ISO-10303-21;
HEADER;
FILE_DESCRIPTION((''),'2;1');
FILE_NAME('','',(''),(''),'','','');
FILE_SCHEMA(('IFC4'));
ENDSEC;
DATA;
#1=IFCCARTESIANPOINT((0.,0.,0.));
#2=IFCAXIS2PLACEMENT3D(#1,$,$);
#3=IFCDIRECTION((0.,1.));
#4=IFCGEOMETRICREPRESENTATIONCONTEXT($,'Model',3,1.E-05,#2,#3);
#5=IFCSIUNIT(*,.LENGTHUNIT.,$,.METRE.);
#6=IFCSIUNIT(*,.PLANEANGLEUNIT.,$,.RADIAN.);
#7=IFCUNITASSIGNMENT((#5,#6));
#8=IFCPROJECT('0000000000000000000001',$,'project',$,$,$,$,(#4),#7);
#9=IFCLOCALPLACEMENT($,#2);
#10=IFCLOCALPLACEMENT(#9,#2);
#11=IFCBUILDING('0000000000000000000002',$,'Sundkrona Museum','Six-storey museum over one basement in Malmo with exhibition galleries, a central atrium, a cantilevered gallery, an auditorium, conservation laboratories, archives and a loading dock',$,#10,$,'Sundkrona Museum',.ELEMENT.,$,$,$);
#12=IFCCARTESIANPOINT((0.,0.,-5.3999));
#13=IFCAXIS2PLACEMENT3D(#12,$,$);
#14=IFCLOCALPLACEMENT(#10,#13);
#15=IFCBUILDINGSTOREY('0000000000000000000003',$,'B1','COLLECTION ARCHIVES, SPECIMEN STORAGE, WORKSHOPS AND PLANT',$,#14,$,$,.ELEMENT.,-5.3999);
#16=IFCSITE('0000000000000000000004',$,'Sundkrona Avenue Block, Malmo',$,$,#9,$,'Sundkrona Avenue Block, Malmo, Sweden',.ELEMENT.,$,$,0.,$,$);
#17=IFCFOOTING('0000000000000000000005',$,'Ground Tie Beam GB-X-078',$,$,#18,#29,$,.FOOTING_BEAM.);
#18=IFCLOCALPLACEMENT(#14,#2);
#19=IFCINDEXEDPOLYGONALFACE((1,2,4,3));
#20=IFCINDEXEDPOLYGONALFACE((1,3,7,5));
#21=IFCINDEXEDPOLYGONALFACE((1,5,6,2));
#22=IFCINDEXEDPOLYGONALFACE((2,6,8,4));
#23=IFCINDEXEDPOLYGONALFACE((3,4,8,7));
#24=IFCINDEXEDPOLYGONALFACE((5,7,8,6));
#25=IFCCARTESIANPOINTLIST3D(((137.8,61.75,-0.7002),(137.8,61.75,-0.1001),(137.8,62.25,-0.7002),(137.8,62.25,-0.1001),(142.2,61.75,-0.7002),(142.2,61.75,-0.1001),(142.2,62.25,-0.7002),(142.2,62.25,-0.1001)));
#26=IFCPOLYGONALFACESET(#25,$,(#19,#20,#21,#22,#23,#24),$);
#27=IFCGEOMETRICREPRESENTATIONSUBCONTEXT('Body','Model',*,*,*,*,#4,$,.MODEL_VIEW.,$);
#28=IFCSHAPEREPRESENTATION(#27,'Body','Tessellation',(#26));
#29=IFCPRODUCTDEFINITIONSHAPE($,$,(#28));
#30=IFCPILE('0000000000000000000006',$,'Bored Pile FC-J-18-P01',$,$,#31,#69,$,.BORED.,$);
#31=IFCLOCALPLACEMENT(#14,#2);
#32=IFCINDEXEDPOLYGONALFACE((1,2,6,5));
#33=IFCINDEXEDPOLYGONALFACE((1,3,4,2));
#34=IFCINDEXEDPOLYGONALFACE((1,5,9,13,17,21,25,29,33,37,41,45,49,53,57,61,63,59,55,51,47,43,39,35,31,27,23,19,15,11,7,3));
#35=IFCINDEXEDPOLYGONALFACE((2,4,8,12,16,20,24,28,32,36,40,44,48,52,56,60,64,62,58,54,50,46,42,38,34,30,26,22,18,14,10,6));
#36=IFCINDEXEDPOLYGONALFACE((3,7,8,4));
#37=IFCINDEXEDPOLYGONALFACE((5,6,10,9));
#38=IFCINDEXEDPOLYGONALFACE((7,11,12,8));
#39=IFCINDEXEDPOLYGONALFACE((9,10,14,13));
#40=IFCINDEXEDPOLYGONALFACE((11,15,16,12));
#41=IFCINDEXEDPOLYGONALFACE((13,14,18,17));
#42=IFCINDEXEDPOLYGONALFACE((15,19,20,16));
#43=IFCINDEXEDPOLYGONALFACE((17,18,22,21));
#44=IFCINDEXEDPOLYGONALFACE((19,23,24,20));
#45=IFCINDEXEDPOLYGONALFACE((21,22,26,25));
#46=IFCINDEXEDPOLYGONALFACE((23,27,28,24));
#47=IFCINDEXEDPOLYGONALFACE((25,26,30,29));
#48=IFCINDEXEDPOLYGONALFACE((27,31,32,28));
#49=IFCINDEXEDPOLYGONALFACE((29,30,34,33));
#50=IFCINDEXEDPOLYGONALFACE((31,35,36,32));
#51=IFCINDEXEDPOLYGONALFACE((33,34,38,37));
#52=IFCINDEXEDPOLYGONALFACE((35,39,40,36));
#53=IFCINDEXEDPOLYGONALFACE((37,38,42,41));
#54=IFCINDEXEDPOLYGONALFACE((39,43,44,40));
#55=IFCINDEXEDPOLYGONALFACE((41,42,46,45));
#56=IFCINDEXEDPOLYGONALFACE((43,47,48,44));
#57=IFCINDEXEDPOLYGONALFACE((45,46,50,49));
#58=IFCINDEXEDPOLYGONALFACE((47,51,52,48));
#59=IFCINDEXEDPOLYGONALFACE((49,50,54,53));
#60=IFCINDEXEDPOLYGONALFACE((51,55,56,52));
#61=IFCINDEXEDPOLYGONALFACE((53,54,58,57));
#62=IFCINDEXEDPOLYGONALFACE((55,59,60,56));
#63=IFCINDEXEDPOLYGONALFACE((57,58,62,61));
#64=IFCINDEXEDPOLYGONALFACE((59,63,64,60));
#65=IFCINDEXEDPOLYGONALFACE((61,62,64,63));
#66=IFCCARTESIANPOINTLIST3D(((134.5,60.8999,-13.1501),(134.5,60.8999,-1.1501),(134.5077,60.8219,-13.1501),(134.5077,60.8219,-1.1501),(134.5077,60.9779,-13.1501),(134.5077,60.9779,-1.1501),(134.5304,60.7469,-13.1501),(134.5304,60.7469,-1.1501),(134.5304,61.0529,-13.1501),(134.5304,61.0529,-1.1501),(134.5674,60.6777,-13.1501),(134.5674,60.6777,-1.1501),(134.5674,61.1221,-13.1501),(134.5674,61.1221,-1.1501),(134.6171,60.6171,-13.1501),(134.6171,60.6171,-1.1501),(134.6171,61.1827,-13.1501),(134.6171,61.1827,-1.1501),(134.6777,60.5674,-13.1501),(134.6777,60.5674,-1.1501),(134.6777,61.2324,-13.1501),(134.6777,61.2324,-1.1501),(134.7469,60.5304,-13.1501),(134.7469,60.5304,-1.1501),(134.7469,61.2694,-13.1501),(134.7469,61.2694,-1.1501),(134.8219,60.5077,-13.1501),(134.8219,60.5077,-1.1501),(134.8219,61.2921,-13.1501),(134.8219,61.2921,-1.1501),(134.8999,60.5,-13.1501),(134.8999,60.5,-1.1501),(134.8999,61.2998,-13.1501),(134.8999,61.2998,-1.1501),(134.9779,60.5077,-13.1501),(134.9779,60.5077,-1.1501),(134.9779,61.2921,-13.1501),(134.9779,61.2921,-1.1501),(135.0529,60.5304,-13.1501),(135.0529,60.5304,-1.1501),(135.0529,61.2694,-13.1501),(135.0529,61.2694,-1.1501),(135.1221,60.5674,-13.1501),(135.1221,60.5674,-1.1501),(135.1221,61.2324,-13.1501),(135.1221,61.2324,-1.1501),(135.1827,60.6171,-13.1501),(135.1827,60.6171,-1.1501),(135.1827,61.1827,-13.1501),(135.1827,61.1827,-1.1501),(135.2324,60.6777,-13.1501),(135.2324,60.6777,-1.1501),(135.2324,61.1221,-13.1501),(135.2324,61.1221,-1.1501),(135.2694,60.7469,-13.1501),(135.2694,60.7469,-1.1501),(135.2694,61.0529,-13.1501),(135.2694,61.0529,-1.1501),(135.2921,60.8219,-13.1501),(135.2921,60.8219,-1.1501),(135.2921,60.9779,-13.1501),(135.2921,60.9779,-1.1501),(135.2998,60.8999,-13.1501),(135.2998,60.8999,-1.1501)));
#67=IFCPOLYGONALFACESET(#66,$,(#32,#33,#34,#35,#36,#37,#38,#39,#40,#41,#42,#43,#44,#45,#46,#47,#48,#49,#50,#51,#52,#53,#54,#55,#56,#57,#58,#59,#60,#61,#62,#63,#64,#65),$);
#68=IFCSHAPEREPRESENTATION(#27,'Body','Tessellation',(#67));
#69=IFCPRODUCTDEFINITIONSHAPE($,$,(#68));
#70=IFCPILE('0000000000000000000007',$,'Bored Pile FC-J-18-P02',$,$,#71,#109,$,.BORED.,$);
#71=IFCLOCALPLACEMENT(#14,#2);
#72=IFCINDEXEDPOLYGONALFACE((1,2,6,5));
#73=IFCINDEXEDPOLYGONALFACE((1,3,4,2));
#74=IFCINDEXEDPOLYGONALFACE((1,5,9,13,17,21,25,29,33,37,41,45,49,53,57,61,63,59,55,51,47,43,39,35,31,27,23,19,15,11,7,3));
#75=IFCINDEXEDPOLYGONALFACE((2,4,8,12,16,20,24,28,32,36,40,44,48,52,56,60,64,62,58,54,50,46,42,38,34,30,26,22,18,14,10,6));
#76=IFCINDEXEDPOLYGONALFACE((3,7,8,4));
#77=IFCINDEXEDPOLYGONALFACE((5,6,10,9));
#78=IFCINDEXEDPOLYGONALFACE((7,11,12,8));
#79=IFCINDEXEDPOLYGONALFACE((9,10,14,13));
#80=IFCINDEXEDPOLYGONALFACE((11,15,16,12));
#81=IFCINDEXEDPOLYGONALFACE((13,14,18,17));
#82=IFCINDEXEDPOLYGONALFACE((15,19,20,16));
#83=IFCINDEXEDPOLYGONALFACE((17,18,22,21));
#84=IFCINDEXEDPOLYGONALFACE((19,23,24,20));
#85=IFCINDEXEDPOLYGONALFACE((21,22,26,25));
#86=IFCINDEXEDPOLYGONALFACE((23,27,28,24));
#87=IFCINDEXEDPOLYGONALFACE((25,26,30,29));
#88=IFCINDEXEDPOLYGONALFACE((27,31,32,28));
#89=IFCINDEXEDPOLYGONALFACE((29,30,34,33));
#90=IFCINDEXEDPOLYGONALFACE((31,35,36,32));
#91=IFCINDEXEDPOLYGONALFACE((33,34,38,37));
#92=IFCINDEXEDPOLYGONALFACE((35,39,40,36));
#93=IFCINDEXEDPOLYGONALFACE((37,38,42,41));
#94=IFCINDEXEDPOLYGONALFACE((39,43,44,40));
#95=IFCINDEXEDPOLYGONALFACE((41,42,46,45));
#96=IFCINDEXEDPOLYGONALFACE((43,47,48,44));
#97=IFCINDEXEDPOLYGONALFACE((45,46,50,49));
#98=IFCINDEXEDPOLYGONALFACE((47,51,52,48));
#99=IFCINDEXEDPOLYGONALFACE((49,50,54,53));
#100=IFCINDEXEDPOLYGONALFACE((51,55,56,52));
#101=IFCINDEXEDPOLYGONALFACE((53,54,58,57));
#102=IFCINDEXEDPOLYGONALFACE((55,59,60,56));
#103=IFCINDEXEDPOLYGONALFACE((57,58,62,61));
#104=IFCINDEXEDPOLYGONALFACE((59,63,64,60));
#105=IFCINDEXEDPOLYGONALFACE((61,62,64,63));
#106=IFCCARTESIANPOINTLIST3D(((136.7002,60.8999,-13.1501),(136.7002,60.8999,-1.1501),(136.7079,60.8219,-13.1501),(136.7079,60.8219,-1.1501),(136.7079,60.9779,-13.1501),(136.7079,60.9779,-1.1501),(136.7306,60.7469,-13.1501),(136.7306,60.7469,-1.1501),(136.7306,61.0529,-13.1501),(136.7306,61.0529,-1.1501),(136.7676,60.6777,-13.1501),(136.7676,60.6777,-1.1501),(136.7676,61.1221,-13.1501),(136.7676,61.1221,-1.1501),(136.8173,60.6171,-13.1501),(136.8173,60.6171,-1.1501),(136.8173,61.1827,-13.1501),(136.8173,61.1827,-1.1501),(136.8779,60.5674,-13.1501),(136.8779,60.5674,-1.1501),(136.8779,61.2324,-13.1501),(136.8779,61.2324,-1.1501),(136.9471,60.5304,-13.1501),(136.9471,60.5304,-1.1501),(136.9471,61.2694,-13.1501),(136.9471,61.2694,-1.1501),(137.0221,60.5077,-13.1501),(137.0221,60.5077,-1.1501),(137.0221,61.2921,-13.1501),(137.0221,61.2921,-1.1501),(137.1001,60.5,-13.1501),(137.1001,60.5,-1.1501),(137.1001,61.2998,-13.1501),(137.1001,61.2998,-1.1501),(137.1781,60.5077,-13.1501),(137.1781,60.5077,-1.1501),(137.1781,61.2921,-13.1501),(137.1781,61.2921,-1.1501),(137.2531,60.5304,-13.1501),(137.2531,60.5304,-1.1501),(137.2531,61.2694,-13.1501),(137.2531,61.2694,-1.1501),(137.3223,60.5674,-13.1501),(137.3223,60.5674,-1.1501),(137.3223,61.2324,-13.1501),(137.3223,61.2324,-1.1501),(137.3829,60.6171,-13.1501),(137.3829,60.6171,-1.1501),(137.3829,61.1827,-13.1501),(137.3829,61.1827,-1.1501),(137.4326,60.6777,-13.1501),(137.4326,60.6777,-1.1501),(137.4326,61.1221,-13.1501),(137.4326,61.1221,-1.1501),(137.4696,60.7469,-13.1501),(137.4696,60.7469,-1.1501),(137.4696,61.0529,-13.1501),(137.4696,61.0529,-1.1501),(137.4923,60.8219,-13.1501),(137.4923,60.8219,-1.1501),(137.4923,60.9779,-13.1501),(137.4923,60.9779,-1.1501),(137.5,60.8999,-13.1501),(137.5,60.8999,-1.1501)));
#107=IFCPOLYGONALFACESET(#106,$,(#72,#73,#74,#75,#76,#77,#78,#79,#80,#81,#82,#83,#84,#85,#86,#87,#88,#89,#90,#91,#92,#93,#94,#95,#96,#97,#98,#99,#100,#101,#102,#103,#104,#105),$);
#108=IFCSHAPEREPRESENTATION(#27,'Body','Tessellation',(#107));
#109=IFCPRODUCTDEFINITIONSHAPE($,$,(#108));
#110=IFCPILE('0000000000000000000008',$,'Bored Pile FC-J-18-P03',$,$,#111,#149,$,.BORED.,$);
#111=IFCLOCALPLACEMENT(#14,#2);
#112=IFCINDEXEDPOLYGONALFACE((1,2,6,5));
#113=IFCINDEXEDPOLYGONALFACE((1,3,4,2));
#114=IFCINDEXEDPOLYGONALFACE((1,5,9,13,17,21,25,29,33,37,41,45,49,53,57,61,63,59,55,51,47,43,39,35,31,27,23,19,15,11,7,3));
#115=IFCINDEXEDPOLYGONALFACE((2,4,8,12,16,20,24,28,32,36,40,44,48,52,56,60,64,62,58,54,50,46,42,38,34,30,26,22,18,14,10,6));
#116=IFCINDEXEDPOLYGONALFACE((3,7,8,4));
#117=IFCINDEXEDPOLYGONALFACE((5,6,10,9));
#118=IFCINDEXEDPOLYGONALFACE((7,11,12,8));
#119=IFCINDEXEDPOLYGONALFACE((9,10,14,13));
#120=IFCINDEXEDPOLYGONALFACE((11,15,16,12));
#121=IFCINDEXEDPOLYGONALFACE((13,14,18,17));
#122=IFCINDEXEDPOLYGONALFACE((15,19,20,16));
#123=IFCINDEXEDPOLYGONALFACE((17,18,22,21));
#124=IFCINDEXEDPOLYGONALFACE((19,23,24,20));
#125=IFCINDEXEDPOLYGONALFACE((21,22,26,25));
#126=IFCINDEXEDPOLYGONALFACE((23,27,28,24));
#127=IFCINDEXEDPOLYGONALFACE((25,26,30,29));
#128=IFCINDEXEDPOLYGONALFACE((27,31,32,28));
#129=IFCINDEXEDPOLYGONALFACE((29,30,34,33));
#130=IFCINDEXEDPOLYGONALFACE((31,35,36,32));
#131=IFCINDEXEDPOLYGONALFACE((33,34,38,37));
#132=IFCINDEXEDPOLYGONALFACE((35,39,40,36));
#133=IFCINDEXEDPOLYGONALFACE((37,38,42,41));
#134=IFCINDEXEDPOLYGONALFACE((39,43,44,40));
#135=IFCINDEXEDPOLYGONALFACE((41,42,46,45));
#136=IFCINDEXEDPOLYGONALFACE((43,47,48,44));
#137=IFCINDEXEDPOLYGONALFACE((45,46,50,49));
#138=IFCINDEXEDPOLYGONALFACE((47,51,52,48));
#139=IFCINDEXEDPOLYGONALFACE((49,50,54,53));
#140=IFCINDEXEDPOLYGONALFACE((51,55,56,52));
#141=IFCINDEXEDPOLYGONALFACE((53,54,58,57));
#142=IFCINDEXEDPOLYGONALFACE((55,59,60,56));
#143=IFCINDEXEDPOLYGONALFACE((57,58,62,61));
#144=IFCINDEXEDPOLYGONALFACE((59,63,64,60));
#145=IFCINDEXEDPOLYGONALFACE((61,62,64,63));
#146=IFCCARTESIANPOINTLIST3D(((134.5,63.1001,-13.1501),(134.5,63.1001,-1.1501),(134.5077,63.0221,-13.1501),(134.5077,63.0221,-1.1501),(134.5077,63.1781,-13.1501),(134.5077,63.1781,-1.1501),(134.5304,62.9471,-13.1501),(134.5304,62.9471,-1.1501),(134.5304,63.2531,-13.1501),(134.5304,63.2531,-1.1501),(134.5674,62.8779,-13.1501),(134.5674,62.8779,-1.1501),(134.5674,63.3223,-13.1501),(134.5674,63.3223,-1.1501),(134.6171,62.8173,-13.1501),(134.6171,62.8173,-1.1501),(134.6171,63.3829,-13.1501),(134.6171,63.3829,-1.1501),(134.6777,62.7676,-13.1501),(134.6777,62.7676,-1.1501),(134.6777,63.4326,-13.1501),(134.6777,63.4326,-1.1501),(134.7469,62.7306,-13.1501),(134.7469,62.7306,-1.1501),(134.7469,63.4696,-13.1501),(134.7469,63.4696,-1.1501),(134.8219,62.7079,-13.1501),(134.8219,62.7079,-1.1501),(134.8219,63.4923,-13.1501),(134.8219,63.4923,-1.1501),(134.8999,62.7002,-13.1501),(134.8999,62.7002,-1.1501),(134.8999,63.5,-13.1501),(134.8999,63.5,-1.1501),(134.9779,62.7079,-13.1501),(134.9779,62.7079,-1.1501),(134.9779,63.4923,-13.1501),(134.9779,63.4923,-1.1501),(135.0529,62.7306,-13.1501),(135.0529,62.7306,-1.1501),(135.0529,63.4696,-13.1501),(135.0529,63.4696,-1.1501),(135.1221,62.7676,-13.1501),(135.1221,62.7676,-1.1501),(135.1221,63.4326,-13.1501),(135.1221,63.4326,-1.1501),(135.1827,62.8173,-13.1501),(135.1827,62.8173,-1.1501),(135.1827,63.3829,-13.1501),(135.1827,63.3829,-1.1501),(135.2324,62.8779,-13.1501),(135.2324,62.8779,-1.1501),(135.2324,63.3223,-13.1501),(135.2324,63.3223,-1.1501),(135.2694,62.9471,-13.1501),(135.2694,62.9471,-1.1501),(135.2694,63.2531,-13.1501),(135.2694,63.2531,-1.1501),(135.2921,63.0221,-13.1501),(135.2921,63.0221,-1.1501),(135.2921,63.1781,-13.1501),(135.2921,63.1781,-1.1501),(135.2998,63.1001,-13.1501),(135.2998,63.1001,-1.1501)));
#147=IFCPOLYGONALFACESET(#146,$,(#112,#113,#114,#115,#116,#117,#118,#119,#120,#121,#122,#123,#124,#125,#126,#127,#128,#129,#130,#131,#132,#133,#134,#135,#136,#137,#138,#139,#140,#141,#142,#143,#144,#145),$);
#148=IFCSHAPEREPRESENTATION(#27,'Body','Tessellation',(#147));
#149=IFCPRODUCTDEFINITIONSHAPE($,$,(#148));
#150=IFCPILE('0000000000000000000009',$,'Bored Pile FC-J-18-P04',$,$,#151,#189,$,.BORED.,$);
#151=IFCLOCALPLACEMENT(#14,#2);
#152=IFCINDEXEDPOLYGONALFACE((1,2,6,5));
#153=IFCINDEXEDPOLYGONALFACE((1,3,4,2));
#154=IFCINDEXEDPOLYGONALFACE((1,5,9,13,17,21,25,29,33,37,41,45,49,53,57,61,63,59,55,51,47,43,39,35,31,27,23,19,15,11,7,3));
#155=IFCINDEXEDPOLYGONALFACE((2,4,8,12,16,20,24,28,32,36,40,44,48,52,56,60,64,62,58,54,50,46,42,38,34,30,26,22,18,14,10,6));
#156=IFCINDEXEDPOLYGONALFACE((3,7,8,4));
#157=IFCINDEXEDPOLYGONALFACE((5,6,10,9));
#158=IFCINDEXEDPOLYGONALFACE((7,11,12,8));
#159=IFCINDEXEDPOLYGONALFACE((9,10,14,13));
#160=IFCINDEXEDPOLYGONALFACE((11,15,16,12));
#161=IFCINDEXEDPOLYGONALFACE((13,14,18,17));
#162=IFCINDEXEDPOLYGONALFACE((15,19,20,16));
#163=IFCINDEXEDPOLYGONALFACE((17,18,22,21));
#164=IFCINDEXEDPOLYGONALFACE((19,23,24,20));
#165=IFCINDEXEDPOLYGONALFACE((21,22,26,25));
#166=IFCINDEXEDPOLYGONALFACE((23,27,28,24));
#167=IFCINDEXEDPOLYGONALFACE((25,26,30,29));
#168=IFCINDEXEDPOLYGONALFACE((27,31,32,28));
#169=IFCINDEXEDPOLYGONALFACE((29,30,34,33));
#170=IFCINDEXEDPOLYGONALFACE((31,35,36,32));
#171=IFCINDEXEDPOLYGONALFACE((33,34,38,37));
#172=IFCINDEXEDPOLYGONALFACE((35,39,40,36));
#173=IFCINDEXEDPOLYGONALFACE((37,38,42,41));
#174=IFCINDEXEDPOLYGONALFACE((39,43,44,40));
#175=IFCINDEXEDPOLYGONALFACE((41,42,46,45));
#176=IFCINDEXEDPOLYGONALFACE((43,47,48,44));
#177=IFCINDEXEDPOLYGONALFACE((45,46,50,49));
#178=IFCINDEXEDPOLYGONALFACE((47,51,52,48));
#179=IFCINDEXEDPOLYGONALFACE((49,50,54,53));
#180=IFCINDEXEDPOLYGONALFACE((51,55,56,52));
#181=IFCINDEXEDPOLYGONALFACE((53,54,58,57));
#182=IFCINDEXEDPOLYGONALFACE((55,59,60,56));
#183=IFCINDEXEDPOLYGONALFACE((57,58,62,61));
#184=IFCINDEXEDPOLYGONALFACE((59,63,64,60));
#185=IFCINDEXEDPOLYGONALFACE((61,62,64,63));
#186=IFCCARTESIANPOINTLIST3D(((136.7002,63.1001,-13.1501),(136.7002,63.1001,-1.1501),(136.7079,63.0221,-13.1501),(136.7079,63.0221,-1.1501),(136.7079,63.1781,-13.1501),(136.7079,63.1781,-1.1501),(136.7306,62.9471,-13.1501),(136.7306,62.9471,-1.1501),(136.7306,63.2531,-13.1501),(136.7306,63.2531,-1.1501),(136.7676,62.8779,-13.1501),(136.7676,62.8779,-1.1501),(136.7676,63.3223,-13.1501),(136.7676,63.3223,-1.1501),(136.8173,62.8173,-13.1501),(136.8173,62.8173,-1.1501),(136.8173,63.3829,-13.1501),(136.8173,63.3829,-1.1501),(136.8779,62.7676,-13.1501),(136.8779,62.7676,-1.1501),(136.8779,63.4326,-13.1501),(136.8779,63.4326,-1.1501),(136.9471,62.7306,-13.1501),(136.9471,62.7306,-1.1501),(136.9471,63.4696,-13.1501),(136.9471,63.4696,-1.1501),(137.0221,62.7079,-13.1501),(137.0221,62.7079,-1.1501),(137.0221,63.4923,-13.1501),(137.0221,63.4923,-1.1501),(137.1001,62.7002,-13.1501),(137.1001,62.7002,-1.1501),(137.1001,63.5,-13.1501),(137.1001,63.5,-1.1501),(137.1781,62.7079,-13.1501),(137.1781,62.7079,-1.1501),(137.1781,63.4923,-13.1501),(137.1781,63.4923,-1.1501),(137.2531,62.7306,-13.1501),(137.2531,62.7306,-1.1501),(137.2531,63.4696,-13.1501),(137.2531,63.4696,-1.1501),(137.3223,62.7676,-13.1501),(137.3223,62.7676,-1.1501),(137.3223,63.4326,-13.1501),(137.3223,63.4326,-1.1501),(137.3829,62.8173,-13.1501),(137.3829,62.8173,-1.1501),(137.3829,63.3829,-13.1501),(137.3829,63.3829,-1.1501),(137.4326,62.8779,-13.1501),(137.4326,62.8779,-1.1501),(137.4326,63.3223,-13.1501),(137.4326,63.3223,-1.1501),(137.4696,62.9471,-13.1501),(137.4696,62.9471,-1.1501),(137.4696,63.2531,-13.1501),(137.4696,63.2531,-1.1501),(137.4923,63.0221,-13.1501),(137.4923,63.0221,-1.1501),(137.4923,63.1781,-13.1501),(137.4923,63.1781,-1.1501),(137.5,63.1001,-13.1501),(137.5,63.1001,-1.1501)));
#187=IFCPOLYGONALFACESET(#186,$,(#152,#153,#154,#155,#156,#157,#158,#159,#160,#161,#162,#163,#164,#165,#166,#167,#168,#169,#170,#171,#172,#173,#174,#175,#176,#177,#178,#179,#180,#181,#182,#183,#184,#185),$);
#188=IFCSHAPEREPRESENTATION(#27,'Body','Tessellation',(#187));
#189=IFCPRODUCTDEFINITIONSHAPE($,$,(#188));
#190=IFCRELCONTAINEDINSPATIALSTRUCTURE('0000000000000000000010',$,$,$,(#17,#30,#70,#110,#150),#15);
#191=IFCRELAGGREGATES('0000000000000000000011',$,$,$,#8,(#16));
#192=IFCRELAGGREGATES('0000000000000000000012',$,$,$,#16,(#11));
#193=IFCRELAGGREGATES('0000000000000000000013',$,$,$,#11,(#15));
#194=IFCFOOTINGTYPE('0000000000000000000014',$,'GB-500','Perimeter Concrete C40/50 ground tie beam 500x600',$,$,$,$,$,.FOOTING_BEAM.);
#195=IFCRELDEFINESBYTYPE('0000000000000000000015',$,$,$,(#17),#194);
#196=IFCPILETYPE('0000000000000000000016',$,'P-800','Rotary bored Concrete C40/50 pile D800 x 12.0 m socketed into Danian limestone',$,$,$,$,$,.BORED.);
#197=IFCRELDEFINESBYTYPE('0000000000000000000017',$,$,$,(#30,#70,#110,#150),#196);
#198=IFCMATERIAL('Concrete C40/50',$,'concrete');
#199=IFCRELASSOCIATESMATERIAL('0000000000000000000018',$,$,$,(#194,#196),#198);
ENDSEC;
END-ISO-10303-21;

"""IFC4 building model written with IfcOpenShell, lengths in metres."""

from ifc_helpers import new_model, si_unit, direction, frame, origin, origin_2d, place, context, subcontext, project, spatial, rectangle, circle, extrude, material, material_profile, profile_set, type_object, element, save


model = new_model("IFC4")

# Units and contexts
model_context = context("Model", 3, precision=1e-05, world=origin(), true_north=direction((0.0, 1.0)))
body_context = subcontext(model_context, "Body", "Model", "MODEL_VIEW")
ifc_project = project(units=[si_unit("LENGTHUNIT", "METRE"), si_unit("PLANEANGLEUNIT", "RADIAN")], contexts=[model_context])

# Site, building, storey
site_placement = place(None, origin())
site = spatial("IfcSite", under=ifc_project, at=site_placement, Name="Sundkrona Avenue Block, Malmo", LongName="Sundkrona Avenue Block, Malmo, Sweden", CompositionType="ELEMENT", RefElevation=0.0)
building_placement = place(site_placement, origin())
building = spatial("IfcBuilding", under=site, at=building_placement, Name="Sundkrona Museum", Description="Six-storey museum over one basement in Malmo with exhibition galleries, a central atrium, a cantilevered gallery, an auditorium, conservation laboratories, archives and a loading dock", LongName="Sundkrona Museum", CompositionType="ELEMENT")
storey_placement = place(building_placement, frame((0.0, 0.0, -5.3999)))
storey = spatial("IfcBuildingStorey", under=building, at=storey_placement, Name="B1", Description="COLLECTION ARCHIVES, SPECIMEN STORAGE, WORKSHOPS AND PLANT", CompositionType="ELEMENT", Elevation=-5.3999)

# Footing
ifc_material_1 = material(Name="Concrete C40/50", Category="concrete")
footing_type_1 = type_object("IfcFootingType", Name="GB-500", Description="Perimeter Concrete C40/50 ground tie beam 500x600", PredefinedType="FOOTING_BEAM", material=ifc_material_1)
footing_1_placement = place(storey_placement, frame((140.0, 62.0, -0.7002), z_axis=(0.0, 0.0, 1.0), x_axis=(1.0, 0.0, 0.0)))
element("IfcFooting", 1, at=footing_1_placement, inside=storey, type_object=footing_type_1, Name="Ground Tie Beam GB-X-078", PredefinedType="FOOTING_BEAM", context=body_context, shape_type="SweptSolid", body=[
    extrude(rectangle(XDim=4.3999, YDim=0.5, at=origin_2d()), origin(), (0.0, 0.0, 1.0), 0.6001),
])

# Piles
ifc_material_profile_1 = material_profile(ifc_material_1, circle(Radius=0.3999, at=origin_2d()), Name="PILE D800")
ifc_profile_set_1 = profile_set([ifc_material_profile_1], Name="Concrete C40/50")
pile_type = type_object("IfcPileType", Name="P-800", Description="Rotary bored Concrete C40/50 pile D800 x 12.0 m socketed into Danian limestone", PredefinedType="BORED", material=ifc_profile_set_1)
for number, where, z_axis, x_axis, name in (
    (2, (134.8999, 60.8999, -1.1501), (0.0, 0.0, -1.0), (1.0, 0.0, 0.0), "Bored Pile FC-J-18-P01"),
    (3, (137.1001, 60.8999, -1.1501), (0.0, 0.0, -1.0), (1.0, 0.0, 0.0), "Bored Pile FC-J-18-P02"),
    (4, (134.8999, 63.1001, -1.1501), (0.0, 0.0, -1.0), (1.0, 0.0, 0.0), "Bored Pile FC-J-18-P03"),
    (5, (137.1001, 63.1001, -1.1501), (0.0, 0.0, -1.0), (1.0, 0.0, 0.0), "Bored Pile FC-J-18-P04"),
):
    element("IfcPile", number, at=place(storey_placement, frame(where, z_axis=z_axis, x_axis=x_axis)), inside=storey, type_object=pile_type, Name=name, PredefinedType="BORED", context=body_context, shape_type="SweptSolid", body=[
        extrude(circle(Radius=0.3999, at=origin_2d()), origin(), (0.0, 0.0, 1.0), 12.0),
    ])

save(model, "model.ifc")
